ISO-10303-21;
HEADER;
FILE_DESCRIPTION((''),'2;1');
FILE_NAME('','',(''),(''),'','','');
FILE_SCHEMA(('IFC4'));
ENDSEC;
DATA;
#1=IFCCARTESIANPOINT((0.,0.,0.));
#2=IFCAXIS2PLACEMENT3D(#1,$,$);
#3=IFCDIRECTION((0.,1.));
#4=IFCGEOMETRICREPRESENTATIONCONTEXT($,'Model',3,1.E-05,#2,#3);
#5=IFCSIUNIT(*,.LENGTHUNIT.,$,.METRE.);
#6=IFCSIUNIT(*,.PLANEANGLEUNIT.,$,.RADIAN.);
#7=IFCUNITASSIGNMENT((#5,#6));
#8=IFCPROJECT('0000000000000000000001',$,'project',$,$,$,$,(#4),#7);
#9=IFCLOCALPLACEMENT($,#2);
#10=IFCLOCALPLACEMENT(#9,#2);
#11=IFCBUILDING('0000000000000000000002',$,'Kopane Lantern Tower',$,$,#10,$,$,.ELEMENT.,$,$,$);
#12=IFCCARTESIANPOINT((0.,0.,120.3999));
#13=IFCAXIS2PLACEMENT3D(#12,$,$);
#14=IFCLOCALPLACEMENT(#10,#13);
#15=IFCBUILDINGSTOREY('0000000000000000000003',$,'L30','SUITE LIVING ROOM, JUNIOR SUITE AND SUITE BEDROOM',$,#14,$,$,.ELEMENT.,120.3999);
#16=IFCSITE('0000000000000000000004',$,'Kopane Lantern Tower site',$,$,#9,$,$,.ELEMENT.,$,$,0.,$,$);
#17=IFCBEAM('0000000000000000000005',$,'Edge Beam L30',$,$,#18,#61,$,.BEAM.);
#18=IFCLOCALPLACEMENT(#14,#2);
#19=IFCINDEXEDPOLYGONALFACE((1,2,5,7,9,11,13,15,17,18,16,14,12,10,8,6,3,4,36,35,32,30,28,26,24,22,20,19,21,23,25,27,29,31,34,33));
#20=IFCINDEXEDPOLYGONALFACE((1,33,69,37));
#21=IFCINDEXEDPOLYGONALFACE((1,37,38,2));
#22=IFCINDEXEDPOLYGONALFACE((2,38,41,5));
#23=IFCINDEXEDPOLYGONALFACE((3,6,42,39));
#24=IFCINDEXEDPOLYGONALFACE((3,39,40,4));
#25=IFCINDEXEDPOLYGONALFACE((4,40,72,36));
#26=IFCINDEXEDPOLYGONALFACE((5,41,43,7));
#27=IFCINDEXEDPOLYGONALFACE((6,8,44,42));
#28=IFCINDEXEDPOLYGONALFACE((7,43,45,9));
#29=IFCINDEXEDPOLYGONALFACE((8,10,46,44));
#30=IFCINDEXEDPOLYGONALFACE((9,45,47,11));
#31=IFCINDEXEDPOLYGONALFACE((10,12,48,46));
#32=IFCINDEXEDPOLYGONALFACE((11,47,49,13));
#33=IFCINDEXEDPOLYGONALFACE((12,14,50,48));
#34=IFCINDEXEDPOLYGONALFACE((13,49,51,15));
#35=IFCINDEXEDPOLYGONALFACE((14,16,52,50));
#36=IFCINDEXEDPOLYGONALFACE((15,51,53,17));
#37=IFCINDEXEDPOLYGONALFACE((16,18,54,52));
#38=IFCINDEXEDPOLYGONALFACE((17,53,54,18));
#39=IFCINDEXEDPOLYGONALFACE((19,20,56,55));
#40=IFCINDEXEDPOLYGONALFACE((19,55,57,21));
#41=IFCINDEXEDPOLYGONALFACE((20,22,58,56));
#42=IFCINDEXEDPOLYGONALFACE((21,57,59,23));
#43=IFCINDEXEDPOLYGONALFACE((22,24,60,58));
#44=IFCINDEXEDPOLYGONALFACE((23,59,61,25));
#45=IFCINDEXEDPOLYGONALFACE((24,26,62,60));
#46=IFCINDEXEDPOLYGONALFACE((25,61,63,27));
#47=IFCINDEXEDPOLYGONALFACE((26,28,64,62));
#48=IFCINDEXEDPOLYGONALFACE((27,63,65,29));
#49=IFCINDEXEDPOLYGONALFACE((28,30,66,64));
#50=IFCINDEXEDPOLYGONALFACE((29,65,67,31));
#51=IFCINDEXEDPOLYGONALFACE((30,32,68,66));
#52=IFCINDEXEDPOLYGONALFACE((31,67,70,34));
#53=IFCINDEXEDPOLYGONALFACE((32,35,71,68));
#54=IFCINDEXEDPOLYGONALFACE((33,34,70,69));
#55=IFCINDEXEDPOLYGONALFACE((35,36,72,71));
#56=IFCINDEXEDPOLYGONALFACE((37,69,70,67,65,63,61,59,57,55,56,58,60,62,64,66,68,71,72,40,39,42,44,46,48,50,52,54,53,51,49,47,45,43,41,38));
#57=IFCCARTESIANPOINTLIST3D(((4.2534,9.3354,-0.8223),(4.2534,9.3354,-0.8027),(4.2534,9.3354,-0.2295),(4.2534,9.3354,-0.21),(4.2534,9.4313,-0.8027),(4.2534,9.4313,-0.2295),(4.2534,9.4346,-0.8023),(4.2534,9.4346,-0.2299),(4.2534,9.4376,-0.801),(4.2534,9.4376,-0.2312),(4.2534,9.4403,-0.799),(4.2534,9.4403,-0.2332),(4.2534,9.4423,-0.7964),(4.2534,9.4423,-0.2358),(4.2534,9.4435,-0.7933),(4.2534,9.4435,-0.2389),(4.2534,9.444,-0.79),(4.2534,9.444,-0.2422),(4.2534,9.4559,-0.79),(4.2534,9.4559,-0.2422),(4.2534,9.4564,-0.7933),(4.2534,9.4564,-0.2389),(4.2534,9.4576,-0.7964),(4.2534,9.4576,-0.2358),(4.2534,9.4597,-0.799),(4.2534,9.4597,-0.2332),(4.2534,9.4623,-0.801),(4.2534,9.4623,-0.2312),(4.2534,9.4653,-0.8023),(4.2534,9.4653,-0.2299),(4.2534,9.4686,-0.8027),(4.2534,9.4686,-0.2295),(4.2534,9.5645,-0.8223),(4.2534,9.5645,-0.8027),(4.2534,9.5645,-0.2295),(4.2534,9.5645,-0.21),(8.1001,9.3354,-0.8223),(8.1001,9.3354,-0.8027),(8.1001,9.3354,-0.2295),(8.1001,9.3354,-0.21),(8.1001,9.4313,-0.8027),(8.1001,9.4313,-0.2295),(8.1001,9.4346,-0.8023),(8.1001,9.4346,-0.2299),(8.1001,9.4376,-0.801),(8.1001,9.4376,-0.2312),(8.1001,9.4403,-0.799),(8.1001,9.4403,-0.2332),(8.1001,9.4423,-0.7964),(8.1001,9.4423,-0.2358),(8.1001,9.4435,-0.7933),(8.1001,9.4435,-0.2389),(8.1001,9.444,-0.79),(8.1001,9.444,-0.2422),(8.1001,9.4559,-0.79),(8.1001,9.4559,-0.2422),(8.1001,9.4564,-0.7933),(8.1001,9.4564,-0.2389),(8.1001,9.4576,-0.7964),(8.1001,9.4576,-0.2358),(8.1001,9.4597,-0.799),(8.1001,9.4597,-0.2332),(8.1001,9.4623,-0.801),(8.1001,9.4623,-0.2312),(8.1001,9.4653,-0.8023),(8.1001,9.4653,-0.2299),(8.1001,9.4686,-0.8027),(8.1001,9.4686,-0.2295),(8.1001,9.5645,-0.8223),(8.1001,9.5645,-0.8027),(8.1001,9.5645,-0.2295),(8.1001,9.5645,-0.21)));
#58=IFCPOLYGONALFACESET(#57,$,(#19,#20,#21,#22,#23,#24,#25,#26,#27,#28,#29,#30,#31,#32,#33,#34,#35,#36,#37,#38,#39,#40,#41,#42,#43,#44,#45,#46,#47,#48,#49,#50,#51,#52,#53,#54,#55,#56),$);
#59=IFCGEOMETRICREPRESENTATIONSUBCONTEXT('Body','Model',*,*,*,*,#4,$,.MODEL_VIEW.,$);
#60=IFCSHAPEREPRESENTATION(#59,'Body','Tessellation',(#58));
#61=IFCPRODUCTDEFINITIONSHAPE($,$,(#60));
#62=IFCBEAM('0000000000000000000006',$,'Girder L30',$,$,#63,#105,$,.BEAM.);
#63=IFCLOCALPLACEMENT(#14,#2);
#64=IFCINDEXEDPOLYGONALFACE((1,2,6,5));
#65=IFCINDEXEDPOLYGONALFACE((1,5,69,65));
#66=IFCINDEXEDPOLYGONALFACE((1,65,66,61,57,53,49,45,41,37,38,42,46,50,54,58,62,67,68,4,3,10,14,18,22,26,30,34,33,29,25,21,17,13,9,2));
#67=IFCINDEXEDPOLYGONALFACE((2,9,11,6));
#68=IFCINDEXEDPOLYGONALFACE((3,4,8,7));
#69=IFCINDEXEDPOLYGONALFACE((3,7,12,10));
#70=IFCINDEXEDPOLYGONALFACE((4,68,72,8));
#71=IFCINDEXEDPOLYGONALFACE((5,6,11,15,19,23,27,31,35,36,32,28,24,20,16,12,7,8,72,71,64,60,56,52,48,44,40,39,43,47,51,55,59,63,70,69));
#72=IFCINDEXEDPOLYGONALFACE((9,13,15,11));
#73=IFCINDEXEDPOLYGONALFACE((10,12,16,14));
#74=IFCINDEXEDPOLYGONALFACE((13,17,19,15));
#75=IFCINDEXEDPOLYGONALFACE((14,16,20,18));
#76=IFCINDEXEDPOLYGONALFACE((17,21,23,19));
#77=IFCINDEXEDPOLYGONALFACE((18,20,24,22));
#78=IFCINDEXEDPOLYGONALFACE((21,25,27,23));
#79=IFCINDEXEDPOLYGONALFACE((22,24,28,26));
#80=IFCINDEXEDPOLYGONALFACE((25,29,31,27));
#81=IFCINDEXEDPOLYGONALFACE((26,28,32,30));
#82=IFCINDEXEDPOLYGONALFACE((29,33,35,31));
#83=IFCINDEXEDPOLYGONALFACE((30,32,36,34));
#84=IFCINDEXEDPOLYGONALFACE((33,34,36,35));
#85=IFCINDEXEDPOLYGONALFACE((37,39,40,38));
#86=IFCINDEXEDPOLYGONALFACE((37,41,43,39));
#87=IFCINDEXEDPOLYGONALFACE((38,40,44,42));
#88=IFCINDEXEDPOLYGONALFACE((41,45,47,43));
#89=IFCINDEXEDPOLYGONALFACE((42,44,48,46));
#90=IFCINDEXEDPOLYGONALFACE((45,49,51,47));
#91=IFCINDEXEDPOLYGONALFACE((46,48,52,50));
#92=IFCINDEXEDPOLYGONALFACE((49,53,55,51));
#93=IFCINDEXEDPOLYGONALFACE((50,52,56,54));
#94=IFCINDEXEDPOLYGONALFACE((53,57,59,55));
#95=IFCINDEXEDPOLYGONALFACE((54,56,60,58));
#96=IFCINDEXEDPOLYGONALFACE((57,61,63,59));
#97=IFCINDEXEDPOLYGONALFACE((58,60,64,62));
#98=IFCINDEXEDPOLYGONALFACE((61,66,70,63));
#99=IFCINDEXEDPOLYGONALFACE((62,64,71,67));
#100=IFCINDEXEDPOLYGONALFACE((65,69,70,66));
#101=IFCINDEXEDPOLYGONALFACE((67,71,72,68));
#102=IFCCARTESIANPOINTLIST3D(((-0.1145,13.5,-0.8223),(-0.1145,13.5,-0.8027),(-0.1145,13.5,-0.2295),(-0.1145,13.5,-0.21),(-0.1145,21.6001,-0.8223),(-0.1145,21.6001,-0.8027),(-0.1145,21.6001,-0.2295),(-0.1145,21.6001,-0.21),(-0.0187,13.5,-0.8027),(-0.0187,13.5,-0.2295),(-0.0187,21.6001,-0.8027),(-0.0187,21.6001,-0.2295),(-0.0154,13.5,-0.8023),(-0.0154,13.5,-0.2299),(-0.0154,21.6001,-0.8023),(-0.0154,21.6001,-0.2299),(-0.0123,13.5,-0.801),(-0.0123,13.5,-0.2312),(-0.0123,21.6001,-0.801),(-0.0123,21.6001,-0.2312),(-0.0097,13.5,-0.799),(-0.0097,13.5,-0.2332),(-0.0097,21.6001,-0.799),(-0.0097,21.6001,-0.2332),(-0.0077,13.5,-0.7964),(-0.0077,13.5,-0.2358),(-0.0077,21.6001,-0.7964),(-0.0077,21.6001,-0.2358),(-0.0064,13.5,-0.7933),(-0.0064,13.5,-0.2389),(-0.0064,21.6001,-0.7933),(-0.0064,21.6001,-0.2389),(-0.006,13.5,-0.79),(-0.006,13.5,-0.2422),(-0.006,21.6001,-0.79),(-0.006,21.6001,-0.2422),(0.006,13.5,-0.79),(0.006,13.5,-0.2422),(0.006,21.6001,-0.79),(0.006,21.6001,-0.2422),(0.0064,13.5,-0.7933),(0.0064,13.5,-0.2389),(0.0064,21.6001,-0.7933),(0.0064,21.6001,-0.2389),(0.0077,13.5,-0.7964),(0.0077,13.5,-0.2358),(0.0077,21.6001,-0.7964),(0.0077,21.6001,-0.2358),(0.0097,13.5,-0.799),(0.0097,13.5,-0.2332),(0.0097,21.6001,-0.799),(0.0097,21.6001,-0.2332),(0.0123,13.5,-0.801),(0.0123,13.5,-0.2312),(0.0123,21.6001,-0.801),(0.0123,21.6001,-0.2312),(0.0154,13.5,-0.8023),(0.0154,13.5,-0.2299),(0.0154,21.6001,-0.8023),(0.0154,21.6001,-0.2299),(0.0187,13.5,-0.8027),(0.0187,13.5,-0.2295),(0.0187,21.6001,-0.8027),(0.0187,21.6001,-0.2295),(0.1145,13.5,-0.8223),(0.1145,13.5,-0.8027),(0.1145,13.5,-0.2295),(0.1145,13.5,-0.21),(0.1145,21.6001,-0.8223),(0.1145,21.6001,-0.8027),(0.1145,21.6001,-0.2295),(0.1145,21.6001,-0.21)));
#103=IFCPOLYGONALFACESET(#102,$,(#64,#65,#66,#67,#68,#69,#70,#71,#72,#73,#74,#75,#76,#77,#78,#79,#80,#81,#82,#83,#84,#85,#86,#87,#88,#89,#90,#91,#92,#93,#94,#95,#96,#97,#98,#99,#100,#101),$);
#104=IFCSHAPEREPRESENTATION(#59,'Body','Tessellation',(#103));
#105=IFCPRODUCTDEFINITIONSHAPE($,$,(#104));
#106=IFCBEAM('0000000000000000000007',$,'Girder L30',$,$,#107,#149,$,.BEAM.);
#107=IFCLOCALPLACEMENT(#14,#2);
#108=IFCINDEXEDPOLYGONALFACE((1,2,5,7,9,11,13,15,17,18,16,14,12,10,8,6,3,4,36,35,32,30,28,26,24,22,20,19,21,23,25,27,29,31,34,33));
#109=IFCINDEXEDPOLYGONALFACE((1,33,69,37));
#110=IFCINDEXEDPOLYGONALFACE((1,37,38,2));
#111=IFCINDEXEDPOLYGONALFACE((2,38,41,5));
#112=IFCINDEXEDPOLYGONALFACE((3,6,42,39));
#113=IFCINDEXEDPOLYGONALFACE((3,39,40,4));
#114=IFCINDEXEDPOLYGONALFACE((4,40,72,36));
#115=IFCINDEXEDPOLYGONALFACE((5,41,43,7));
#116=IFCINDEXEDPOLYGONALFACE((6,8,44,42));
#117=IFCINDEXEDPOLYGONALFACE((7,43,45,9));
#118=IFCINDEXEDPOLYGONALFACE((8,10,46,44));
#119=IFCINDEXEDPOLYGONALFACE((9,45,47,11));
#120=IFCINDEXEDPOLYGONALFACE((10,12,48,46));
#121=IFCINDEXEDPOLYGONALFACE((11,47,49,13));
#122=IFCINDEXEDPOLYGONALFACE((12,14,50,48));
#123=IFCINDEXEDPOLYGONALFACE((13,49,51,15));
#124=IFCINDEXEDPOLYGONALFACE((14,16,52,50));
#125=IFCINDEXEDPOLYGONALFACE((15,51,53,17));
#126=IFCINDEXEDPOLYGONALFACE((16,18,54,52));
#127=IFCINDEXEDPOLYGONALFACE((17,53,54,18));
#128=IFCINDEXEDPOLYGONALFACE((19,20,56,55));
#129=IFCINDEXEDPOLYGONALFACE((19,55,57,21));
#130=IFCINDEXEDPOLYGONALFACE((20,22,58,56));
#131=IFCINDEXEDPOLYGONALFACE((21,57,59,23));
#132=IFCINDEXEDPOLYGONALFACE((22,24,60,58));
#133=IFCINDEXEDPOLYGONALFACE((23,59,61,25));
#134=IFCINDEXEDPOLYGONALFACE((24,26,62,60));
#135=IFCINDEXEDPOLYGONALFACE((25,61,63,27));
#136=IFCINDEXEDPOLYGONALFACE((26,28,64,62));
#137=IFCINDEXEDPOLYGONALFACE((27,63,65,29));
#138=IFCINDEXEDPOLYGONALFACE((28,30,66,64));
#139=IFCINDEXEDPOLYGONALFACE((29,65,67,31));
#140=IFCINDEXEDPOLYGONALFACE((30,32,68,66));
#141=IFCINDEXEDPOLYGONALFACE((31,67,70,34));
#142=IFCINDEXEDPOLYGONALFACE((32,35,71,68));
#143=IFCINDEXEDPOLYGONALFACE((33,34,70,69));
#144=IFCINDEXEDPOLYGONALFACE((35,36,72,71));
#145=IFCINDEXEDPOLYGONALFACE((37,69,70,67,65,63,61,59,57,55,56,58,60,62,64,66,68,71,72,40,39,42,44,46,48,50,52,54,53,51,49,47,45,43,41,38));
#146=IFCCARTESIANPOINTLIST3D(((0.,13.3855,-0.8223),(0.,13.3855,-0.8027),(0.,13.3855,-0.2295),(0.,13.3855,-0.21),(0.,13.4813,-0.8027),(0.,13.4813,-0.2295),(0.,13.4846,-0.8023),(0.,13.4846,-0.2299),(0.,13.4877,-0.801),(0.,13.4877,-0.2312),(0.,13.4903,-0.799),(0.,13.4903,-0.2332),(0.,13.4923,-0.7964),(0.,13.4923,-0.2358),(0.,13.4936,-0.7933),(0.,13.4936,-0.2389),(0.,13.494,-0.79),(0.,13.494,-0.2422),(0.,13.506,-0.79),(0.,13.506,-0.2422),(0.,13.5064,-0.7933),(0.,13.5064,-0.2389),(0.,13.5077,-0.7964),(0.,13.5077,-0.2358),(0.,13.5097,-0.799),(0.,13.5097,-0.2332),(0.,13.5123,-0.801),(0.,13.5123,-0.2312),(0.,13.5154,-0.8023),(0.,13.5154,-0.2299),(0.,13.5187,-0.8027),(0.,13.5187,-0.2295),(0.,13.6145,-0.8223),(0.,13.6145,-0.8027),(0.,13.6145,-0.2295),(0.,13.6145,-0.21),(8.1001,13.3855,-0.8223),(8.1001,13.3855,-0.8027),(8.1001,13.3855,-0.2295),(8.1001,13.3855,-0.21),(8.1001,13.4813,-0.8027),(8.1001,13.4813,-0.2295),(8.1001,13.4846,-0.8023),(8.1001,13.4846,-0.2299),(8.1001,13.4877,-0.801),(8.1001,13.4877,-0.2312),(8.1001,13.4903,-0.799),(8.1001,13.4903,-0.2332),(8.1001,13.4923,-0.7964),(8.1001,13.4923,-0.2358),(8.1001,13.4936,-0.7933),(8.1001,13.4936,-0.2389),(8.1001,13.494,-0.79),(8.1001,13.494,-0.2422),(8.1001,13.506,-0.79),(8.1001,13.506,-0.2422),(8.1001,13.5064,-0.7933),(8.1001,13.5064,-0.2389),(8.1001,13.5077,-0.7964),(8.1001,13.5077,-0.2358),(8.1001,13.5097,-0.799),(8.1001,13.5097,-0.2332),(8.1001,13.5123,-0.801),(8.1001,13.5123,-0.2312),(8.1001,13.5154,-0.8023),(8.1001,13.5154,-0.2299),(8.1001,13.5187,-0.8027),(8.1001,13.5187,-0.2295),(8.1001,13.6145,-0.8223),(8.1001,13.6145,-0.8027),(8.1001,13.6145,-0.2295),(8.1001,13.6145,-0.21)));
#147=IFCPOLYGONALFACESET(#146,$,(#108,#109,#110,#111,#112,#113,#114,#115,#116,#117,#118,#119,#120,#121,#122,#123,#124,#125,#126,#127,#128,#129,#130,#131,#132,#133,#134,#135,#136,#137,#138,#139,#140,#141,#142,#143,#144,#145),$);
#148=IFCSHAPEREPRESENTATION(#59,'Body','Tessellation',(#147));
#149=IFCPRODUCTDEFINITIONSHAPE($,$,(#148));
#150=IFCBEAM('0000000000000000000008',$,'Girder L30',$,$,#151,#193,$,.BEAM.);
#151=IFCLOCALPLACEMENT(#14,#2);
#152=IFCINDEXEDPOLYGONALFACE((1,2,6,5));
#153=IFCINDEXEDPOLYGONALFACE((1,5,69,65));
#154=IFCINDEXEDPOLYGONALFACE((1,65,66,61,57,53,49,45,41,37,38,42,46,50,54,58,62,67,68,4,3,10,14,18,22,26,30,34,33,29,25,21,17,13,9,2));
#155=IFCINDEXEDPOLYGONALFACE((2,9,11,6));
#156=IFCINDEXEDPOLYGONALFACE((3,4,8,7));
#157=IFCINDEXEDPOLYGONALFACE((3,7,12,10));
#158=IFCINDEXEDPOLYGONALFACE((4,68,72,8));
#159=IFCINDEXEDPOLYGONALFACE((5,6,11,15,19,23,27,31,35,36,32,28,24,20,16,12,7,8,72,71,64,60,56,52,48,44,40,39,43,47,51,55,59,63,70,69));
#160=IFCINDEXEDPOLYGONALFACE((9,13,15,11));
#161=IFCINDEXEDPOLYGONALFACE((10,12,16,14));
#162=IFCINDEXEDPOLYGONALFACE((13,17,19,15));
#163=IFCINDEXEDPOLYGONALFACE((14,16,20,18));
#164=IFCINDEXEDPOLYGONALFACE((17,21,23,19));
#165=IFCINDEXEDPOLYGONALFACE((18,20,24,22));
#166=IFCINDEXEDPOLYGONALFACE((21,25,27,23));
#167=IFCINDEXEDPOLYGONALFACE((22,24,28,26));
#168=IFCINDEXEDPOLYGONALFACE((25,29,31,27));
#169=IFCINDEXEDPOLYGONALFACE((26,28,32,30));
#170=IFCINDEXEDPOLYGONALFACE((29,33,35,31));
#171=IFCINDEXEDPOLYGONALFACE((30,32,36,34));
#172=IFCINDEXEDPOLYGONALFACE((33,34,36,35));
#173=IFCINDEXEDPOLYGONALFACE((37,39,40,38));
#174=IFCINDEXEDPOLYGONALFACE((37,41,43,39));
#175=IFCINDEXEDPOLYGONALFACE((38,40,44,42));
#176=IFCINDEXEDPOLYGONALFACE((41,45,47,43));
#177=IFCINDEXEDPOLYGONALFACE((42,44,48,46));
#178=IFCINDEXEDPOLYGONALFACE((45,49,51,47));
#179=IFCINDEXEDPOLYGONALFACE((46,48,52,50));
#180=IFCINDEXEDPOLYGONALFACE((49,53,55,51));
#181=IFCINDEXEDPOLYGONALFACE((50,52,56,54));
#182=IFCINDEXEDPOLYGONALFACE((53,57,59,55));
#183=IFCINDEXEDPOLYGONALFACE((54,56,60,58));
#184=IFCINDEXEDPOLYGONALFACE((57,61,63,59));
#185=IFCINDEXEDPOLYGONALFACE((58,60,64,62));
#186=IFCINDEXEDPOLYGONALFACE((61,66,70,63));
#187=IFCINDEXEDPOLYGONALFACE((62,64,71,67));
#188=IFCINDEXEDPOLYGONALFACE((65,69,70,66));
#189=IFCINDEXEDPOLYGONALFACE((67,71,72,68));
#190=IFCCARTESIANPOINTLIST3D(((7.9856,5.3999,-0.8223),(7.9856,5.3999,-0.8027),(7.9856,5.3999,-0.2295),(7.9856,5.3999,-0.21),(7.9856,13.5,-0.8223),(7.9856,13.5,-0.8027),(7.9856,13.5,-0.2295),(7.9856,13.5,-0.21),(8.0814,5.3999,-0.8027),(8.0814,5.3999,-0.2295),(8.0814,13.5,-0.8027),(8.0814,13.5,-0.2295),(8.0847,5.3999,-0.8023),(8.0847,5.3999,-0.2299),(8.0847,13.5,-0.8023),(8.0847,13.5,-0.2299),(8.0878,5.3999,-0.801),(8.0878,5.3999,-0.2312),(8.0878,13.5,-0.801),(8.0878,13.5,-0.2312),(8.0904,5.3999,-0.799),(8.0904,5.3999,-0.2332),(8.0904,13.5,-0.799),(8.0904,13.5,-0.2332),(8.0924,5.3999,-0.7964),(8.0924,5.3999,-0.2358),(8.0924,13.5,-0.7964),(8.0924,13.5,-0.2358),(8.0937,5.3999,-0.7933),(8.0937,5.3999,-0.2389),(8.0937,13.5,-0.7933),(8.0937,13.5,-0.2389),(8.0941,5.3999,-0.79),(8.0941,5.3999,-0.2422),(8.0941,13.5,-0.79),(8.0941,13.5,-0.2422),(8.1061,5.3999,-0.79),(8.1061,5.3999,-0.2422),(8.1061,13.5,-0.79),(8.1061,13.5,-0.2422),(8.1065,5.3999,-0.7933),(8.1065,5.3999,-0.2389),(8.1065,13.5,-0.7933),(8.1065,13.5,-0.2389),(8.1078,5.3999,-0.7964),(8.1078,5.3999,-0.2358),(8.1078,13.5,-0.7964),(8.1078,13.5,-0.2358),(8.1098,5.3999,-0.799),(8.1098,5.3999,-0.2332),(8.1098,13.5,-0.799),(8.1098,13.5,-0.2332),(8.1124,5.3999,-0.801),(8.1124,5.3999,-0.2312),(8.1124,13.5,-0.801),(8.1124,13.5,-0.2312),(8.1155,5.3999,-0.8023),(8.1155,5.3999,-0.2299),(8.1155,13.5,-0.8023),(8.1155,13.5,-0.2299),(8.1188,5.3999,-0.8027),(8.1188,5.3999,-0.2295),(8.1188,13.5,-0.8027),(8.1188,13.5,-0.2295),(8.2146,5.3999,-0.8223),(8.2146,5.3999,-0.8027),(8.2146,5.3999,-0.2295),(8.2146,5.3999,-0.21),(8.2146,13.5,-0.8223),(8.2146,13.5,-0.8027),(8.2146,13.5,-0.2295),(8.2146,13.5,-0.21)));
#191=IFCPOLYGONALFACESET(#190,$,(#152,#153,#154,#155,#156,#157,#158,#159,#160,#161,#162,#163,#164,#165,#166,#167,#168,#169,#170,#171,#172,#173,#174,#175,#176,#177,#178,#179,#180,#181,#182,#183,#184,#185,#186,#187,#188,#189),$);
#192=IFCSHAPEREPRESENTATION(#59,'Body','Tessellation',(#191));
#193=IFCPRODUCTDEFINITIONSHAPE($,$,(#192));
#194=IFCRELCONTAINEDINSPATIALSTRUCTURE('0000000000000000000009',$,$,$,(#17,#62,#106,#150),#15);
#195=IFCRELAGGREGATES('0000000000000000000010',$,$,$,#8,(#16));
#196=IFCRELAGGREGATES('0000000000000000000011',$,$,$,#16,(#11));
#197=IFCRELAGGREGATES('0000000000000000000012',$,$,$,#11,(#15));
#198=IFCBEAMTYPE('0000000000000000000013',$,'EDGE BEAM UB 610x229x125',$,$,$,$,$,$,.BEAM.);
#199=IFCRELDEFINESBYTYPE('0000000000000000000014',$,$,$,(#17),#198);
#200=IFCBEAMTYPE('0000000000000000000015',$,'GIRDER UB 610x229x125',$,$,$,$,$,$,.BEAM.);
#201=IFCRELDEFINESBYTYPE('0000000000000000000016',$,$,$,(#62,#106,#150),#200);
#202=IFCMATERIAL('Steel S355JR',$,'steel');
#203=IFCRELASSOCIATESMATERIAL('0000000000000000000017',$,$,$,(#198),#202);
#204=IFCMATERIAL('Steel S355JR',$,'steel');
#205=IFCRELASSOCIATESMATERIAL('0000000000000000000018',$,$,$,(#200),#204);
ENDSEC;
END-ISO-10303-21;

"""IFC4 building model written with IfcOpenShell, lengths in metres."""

from ifc_helpers import new_model, si_unit, direction, frame, origin, origin_2d, place, context, subcontext, project, spatial, i_section, extrude, material, material_profile, profile_set, type_object, element, save


model = new_model("IFC4")

# Units and contexts
model_context = context("Model", 3, precision=1e-05, world=origin(), true_north=direction((0.0, 1.0)))
body_context = subcontext(model_context, "Body", "Model", "MODEL_VIEW")
ifc_project = project(units=[si_unit("LENGTHUNIT", "METRE"), si_unit("PLANEANGLEUNIT", "RADIAN")], contexts=[model_context])

# Site, building, storey
site_placement = place(None, origin())
site = spatial("IfcSite", under=ifc_project, at=site_placement, Name="Kopane Lantern Tower site", CompositionType="ELEMENT", RefElevation=0.0)
building_placement = place(site_placement, origin())
building = spatial("IfcBuilding", under=site, at=building_placement, Name="Kopane Lantern Tower", CompositionType="ELEMENT")
storey_placement = place(building_placement, frame((0.0, 0.0, 120.3999)))
storey = spatial("IfcBuildingStorey", under=building, at=storey_placement, Name="L30", Description="SUITE LIVING ROOM, JUNIOR SUITE AND SUITE BEDROOM", CompositionType="ELEMENT", Elevation=120.3999)

# Beams
ifc_material_1 = material(Name="Steel S355JR", Category="steel")
ifc_material_profile_1 = material_profile(ifc_material_1, i_section(OverallWidth=0.229, OverallDepth=0.6123, WebThickness=0.012, FlangeThickness=0.0195, FilletRadius=0.0127, at=origin_2d()), Name="UB 610x229x125")
ifc_profile_set_1 = profile_set([ifc_material_profile_1], Name="Steel S355JR")
beam_type_1 = type_object("IfcBeamType", Name="EDGE BEAM UB 610x229x125", PredefinedType="BEAM", material=ifc_profile_set_1)
beam_1_placement = place(storey_placement, frame((4.2534, 9.45, -0.5161), z_axis=(1.0, 0.0, 0.0), x_axis=(0.0, 1.0, 0.0)))
element("IfcBeam", 1, at=beam_1_placement, inside=storey, type_object=beam_type_1, Name="Edge Beam L30", PredefinedType="BEAM", context=body_context, shape_type="SweptSolid", body=[
    extrude(i_section(OverallWidth=0.229, OverallDepth=0.6123, WebThickness=0.012, FlangeThickness=0.0195, FilletRadius=0.0127, at=origin_2d()), origin(), (0.0, 0.0, 1.0), 3.8467),
])
ifc_material_2 = material(Name="Steel S355JR", Category="steel")
ifc_material_profile_2 = material_profile(ifc_material_2, i_section(OverallWidth=0.229, OverallDepth=0.6123, WebThickness=0.012, FlangeThickness=0.0195, FilletRadius=0.0127, at=origin_2d()), Name="UB 610x229x125")
ifc_profile_set_2 = profile_set([ifc_material_profile_2], Name="Steel S355JR")
beam_type_2 = type_object("IfcBeamType", Name="GIRDER UB 610x229x125", PredefinedType="BEAM", material=ifc_profile_set_2)
for number, where, z_axis, x_axis, name in (
    (2, (0.0, 13.5, -0.5161), (0.0, 1.0, 0.0), (-1.0, 0.0, 0.0), "Girder L30"),
    (3, (0.0, 13.5, -0.5161), (1.0, 0.0, 0.0), (0.0, 1.0, 0.0), "Girder L30"),
    (4, (8.1001, 5.3999, -0.5161), (0.0, 1.0, 0.0), (-1.0, 0.0, 0.0), "Girder L30"),
):
    element("IfcBeam", number, at=place(storey_placement, frame(where, z_axis=z_axis, x_axis=x_axis)), inside=storey, type_object=beam_type_2, Name=name, PredefinedType="BEAM", context=body_context, shape_type="SweptSolid", body=[
        extrude(i_section(OverallWidth=0.229, OverallDepth=0.6123, WebThickness=0.012, FlangeThickness=0.0195, FilletRadius=0.0127, at=origin_2d()), origin(), (0.0, 0.0, 1.0), 8.1001),
    ])

save(model, "model.ifc")
